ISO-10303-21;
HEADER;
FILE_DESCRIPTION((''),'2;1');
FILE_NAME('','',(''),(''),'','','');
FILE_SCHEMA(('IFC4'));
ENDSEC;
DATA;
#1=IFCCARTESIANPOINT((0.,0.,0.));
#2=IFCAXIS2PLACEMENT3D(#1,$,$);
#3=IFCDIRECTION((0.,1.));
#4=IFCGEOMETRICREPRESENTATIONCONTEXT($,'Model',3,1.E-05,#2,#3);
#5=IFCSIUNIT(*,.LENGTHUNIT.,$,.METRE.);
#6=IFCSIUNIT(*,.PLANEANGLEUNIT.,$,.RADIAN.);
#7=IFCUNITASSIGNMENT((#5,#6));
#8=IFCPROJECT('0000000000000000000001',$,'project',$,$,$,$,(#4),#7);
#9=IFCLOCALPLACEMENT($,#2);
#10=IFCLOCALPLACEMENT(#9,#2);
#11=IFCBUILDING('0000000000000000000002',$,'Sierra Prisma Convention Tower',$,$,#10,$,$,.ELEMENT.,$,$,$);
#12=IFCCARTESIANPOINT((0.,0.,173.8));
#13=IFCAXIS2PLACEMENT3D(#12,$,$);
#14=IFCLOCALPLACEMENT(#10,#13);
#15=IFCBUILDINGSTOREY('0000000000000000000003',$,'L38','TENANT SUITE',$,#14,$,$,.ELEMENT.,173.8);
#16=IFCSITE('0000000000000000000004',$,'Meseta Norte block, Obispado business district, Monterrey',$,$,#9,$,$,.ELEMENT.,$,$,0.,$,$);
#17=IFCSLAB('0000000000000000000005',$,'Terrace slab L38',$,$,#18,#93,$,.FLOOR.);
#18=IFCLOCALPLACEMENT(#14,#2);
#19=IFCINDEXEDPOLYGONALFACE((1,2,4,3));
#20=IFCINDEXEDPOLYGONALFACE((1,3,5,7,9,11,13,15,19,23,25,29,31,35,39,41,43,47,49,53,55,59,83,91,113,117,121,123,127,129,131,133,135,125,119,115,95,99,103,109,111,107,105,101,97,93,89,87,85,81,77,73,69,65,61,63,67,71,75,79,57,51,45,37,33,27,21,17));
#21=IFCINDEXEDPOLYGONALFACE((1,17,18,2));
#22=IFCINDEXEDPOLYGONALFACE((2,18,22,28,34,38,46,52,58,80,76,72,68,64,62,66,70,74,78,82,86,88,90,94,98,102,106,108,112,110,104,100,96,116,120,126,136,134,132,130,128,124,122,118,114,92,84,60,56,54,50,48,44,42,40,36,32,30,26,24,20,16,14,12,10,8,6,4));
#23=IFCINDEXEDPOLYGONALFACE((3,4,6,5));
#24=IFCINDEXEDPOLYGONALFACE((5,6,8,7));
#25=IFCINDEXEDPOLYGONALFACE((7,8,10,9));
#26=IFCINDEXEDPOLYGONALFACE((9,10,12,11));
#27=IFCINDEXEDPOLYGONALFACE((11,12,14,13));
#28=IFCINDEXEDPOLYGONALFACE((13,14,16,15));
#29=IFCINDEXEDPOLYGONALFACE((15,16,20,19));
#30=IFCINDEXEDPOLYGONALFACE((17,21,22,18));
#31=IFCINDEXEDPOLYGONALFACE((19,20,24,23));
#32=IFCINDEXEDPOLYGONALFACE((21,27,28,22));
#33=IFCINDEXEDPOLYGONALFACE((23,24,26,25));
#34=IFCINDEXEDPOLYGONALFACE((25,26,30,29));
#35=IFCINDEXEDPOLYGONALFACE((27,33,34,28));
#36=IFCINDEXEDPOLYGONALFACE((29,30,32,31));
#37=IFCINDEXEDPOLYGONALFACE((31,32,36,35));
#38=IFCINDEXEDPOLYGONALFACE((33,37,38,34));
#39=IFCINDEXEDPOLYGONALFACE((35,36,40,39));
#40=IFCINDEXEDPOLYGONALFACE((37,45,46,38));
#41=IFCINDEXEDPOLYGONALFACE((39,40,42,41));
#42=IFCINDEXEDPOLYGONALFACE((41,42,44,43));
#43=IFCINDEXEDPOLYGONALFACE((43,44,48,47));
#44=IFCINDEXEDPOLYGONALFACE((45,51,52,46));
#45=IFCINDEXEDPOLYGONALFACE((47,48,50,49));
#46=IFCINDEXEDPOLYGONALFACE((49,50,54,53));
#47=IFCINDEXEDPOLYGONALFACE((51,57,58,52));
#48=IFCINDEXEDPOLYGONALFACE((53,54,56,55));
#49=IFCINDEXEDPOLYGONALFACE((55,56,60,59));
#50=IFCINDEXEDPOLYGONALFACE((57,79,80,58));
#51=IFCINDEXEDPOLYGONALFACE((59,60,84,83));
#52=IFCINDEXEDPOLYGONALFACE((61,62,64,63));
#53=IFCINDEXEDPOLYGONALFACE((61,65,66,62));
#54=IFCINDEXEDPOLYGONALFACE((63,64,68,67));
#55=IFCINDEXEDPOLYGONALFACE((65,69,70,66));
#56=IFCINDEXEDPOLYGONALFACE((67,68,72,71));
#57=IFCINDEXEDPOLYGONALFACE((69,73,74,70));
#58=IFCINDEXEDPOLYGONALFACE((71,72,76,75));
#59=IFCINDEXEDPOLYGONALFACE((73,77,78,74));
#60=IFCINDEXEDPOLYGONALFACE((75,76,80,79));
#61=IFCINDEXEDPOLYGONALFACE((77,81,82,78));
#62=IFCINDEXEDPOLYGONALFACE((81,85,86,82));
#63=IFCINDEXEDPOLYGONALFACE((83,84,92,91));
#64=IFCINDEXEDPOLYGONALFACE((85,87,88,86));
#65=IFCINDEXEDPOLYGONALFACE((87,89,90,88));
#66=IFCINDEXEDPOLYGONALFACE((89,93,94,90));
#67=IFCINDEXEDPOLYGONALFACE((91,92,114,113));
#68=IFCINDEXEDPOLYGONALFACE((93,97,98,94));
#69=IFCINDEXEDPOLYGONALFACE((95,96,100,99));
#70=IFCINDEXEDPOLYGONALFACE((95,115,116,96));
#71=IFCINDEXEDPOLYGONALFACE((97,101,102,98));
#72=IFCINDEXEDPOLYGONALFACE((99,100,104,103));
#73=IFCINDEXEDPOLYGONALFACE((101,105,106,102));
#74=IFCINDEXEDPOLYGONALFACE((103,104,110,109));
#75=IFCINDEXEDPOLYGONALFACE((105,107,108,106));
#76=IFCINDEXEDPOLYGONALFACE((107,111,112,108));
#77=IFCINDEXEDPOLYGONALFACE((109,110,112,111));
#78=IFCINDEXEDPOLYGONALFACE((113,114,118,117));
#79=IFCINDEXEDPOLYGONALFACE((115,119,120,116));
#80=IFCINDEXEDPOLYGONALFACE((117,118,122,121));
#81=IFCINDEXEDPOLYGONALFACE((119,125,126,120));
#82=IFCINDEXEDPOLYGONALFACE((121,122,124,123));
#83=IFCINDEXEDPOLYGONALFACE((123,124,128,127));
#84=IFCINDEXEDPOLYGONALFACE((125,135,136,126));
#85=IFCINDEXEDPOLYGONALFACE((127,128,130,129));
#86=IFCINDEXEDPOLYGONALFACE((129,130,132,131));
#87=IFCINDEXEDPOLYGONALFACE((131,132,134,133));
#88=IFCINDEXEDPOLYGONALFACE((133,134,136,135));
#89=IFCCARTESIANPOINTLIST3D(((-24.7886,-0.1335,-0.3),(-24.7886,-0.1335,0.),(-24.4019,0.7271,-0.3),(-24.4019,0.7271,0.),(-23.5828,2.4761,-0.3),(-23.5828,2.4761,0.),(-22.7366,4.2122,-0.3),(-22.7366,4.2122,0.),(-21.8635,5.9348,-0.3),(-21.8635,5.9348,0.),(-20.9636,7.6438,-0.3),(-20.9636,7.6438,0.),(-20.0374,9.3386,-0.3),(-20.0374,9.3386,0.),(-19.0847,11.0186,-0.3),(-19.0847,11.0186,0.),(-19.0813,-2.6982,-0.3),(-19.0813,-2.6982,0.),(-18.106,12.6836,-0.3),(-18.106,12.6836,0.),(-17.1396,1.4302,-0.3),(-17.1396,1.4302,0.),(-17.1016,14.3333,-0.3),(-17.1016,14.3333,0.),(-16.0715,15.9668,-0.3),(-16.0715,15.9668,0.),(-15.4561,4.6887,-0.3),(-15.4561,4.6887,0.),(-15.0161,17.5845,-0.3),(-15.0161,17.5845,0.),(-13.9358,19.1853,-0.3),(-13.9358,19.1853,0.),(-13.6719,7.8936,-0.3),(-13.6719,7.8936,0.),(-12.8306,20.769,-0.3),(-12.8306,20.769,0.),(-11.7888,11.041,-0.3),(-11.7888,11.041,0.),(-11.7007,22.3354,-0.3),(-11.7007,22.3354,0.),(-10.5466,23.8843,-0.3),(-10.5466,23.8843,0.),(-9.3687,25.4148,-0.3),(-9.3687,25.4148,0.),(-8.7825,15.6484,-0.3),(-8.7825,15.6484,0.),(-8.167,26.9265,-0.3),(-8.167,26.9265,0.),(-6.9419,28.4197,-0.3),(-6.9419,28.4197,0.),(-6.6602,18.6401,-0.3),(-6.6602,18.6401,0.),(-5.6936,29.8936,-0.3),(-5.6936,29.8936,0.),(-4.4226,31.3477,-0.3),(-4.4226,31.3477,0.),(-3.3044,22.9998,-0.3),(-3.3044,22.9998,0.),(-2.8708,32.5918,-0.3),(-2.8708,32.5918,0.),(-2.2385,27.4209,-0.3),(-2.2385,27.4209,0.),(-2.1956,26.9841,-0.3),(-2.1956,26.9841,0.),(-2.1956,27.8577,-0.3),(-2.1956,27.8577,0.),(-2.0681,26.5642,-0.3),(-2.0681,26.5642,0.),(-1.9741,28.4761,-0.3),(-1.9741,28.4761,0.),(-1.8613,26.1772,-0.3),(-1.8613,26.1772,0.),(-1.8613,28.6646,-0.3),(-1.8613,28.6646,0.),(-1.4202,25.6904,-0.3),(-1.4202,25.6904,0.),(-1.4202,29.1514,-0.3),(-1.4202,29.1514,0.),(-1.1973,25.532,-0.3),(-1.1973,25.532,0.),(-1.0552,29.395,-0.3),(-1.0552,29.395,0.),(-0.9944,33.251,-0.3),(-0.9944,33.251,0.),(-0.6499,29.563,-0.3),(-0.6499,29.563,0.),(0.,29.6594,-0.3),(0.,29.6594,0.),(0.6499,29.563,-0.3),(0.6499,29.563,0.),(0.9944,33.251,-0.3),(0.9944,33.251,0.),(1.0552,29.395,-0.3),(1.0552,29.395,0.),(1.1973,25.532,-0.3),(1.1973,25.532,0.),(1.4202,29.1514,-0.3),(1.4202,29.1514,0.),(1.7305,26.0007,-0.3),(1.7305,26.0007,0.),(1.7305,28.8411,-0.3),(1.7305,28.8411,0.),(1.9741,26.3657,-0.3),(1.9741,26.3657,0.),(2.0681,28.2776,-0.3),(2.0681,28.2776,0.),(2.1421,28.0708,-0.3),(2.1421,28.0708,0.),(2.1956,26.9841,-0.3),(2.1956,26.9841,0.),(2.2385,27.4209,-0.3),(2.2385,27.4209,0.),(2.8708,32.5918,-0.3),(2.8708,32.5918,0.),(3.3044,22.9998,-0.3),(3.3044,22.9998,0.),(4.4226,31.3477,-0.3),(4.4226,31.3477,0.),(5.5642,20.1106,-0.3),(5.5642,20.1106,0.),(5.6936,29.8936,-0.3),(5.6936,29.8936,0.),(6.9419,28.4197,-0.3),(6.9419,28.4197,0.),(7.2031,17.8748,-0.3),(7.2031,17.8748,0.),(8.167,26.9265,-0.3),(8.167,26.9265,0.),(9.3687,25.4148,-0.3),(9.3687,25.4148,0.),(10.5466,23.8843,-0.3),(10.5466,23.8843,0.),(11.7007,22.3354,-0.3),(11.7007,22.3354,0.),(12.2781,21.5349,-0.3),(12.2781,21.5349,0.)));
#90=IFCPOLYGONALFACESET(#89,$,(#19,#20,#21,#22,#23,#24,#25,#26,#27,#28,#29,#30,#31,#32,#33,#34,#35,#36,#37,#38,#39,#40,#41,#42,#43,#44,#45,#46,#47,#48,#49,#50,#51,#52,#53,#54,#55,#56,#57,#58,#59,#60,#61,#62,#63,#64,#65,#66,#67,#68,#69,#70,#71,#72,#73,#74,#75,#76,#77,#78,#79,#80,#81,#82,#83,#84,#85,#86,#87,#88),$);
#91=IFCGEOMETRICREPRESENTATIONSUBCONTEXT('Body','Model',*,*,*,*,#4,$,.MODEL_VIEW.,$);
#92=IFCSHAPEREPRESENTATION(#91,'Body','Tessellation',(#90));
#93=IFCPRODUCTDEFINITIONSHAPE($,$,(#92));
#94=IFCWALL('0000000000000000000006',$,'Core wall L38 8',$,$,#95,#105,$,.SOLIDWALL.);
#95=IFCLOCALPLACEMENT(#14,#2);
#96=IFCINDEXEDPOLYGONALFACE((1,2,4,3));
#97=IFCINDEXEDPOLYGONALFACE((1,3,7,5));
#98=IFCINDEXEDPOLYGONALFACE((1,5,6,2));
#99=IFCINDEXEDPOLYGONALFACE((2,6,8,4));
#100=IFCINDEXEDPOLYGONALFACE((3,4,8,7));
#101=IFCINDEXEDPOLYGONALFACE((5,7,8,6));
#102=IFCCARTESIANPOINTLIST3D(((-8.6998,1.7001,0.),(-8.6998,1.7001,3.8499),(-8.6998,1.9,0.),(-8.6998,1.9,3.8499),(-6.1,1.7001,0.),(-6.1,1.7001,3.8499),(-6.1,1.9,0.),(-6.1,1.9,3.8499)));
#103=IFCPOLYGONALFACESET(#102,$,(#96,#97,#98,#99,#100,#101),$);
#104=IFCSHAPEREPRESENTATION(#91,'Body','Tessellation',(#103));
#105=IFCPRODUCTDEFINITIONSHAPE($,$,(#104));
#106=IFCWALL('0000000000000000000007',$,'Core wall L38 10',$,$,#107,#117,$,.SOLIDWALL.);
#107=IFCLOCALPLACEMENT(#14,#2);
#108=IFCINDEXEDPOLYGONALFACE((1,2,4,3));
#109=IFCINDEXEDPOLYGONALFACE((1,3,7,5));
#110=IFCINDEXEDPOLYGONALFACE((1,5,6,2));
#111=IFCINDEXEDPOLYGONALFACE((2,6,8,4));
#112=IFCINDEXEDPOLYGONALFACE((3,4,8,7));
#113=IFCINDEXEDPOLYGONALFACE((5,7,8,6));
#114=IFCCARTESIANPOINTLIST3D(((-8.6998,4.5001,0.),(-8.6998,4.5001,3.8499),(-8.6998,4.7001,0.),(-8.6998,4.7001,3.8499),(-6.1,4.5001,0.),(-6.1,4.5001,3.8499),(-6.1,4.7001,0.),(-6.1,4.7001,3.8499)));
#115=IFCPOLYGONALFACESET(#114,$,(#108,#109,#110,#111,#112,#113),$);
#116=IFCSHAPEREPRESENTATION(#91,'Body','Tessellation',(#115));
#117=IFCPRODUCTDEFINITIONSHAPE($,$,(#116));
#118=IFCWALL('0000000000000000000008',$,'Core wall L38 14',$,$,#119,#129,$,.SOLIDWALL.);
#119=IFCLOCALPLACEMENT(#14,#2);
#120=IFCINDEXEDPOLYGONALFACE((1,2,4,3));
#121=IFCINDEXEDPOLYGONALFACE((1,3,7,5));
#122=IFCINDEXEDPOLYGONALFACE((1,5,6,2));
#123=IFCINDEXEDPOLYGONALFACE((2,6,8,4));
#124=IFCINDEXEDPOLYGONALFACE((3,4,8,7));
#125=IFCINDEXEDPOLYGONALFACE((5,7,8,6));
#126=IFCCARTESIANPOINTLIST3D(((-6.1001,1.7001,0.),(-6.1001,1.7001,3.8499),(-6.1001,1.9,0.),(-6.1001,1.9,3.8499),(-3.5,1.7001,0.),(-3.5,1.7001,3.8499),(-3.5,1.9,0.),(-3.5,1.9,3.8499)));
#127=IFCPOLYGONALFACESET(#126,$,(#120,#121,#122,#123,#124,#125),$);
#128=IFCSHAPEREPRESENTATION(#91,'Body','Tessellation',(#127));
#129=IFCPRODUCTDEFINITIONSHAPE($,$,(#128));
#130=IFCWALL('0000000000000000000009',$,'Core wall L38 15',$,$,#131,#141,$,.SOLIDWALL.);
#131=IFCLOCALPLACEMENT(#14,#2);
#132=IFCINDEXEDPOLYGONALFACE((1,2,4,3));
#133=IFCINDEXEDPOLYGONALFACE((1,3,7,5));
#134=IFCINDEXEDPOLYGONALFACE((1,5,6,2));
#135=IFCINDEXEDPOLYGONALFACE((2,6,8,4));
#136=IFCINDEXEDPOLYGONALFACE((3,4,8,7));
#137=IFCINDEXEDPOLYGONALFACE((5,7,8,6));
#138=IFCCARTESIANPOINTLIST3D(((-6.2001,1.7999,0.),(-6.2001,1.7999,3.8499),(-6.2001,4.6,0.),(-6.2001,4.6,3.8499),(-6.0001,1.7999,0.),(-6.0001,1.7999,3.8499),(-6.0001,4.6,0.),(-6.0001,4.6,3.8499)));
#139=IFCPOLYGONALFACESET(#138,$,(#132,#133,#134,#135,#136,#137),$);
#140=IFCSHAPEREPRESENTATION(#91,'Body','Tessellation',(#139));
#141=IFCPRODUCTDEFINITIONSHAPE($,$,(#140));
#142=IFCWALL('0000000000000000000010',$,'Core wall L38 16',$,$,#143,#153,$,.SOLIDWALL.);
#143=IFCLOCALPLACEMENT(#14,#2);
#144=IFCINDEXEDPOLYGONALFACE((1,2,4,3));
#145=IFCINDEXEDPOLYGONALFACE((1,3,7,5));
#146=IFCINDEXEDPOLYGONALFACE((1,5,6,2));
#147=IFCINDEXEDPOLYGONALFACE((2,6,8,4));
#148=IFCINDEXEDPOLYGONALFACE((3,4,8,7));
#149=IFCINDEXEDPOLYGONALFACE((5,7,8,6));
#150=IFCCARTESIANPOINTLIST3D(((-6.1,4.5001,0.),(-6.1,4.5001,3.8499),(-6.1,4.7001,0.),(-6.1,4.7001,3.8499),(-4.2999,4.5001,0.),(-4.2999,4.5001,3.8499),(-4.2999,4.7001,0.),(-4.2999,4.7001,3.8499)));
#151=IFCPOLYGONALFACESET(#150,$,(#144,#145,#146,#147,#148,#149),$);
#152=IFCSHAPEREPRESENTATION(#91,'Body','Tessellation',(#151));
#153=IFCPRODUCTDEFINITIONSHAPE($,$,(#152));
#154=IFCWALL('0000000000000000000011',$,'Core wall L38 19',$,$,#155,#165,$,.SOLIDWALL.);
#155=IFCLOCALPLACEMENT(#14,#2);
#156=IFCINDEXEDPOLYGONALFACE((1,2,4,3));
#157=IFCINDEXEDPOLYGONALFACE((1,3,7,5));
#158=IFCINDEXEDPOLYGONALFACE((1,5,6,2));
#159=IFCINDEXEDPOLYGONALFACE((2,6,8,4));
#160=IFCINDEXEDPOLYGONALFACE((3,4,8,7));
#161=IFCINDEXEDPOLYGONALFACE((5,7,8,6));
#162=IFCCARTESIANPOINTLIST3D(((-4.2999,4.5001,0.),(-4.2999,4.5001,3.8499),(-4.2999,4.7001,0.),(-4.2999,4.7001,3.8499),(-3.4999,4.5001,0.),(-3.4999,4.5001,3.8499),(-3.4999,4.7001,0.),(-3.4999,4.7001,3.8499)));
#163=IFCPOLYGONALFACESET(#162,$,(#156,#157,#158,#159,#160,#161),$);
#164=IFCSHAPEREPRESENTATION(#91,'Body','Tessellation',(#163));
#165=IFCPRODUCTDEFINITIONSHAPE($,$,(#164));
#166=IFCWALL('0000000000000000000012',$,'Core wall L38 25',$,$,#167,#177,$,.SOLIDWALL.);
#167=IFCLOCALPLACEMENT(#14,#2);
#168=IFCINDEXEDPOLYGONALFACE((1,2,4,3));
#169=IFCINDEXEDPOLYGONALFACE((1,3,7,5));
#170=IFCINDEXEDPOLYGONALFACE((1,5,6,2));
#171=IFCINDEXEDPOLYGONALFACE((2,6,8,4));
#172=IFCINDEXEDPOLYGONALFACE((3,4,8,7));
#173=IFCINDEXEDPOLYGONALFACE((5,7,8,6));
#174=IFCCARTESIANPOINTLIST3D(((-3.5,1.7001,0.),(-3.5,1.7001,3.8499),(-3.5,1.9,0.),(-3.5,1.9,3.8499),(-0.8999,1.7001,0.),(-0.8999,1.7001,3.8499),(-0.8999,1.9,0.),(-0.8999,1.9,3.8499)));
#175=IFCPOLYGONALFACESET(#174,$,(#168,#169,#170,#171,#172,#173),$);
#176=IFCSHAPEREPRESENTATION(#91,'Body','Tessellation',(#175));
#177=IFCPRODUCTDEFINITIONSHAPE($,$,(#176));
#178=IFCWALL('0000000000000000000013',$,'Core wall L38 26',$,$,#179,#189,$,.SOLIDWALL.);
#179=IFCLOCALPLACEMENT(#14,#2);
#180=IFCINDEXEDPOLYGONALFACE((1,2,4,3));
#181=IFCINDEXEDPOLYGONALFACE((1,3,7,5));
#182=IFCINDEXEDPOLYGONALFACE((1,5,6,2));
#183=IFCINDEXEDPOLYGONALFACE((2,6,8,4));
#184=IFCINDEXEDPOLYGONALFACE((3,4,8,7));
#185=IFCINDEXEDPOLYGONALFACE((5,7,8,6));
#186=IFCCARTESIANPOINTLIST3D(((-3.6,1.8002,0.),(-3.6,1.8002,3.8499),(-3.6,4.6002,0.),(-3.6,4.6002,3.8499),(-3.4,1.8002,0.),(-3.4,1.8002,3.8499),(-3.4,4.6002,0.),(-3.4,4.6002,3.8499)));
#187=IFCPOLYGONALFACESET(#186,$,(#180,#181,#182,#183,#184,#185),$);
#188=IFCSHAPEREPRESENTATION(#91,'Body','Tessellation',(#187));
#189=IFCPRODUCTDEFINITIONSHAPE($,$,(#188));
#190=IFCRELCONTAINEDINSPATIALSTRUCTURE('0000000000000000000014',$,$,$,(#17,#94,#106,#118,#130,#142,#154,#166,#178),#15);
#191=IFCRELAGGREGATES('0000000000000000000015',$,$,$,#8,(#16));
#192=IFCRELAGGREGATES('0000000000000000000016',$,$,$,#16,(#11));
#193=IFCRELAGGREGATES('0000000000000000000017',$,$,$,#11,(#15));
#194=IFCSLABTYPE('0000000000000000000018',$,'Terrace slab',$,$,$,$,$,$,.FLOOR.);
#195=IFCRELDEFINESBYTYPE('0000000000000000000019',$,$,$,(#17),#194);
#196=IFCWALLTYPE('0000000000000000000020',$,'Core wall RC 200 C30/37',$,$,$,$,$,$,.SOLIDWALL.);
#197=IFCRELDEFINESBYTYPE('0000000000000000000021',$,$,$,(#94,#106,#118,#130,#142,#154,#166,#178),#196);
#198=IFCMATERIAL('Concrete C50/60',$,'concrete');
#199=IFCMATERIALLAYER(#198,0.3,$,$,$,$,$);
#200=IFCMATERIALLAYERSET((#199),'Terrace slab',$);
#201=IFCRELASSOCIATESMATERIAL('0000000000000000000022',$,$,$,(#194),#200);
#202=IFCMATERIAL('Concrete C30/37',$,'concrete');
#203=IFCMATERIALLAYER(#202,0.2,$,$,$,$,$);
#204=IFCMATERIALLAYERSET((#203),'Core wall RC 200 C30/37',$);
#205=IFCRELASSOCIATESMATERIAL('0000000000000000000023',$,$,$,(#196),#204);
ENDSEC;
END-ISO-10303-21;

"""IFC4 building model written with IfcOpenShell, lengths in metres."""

from ifc_helpers import new_model, si_unit, direction, frame, frame_2d, origin, place, context, subcontext, project, spatial, polyline, rectangle, outline, extrude, material, layer, layer_set, type_object, element, save


model = new_model("IFC4")

# Units and contexts
model_context = context("Model", 3, precision=1e-05, world=origin(), true_north=direction((0.0, 1.0)))
body_context = subcontext(model_context, "Body", "Model", "MODEL_VIEW")
ifc_project = project(units=[si_unit("LENGTHUNIT", "METRE"), si_unit("PLANEANGLEUNIT", "RADIAN")], contexts=[model_context])

# Site, building, storey
site_placement = place(None, origin())
site = spatial("IfcSite", under=ifc_project, at=site_placement, Name="Meseta Norte block, Obispado business district, Monterrey", CompositionType="ELEMENT", RefElevation=0.0)
building_placement = place(site_placement, origin())
building = spatial("IfcBuilding", under=site, at=building_placement, Name="Sierra Prisma Convention Tower", CompositionType="ELEMENT")
storey_placement = place(building_placement, frame((0.0, 0.0, 173.8)))
storey = spatial("IfcBuildingStorey", under=building, at=storey_placement, Name="L38", Description="TENANT SUITE", CompositionType="ELEMENT", Elevation=173.8)

# Slab
ifc_material_1 = material(Name="Concrete C50/60", Category="concrete")
ifc_layer_1 = layer(ifc_material_1, 0.3)
ifc_layer_set_1 = layer_set([ifc_layer_1], Name="Terrace slab")
slab_type_1 = type_object("IfcSlabType", Name="Terrace slab", PredefinedType="FLOOR", material=ifc_layer_set_1)
slab_1_placement = place(storey_placement, frame((0.0, 0.0, -0.3)))
element("IfcSlab", 1, at=slab_1_placement, inside=storey, type_object=slab_type_1, Name="Terrace slab L38", PredefinedType="FLOOR", context=body_context, shape_type="SweptSolid", body=[
    extrude(outline(polyline([(12.2781, 21.5349), (11.7007, 22.3354), (10.5466, 23.8843), (9.3687, 25.4148), (8.167, 26.9265), (6.9419, 28.4197), (5.6936, 29.8936), (4.4226, 31.3477), (2.8708, 32.5918), (0.9944, 33.251), (-0.9944, 33.251), (-2.8708, 32.5918), (-4.4226, 31.3477), (-5.6936, 29.8936), (-6.9419, 28.4197), (-8.167, 26.9265), (-9.3687, 25.4148), (-10.5466, 23.8843), (-11.7007, 22.3354), (-12.8306, 20.769), (-13.9358, 19.1853), (-15.0161, 17.5845), (-16.0715, 15.9668), (-17.1016, 14.3333), (-18.106, 12.6836), (-19.0847, 11.0186), (-20.0374, 9.3386), (-20.9636, 7.6438), (-21.8635, 5.9348), (-22.7366, 4.2122), (-23.5828, 2.4761), (-24.4019, 0.7271), (-24.7886, -0.1335), (-19.0813, -2.6982), (-17.1396, 1.4302), (-15.4561, 4.6887), (-13.6719, 7.8936), (-11.7888, 11.041), (-8.7825, 15.6484), (-6.6602, 18.6401), (-3.3044, 22.9998), (-1.1973, 25.532), (-1.4202, 25.6904), (-1.8613, 26.1772), (-2.0681, 26.5642), (-2.1956, 26.9841), (-2.2385, 27.4209), (-2.1956, 27.8577), (-1.9741, 28.4761), (-1.8613, 28.6646), (-1.4202, 29.1514), (-1.0552, 29.395), (-0.6499, 29.563), (0.0, 29.6594), (0.6499, 29.563), (1.0552, 29.395), (1.4202, 29.1514), (1.7305, 28.8411), (2.0681, 28.2776), (2.1421, 28.0708), (2.2385, 27.4209), (2.1956, 26.9841), (1.9741, 26.3657), (1.7305, 26.0007), (1.1973, 25.532), (3.3044, 22.9998), (5.5642, 20.1106), (7.2031, 17.8748), (12.2781, 21.5349)])), origin(), (0.0, 0.0, 1.0), 0.3),
])

# Walls
ifc_material_2 = material(Name="Concrete C30/37", Category="concrete")
ifc_layer_2 = layer(ifc_material_2, 0.2)
ifc_layer_set_2 = layer_set([ifc_layer_2], Name="Core wall RC 200 C30/37")
wall_type = type_object("IfcWallType", Name="Core wall RC 200 C30/37", PredefinedType="SOLIDWALL", material=ifc_layer_set_2)
for number, where, z_axis, x_axis, name in (
    (2, (-6.1001, 1.8, 0.0), (0.0, 0.0, 1.0), (-1.0, 0.0, 0.0), "Core wall L38 8"),
    (3, (-6.1001, 4.6001, 0.0), (0.0, 0.0, 1.0), (-1.0, 0.0, 0.0), "Core wall L38 10"),
):
    element("IfcWall", number, at=place(storey_placement, frame(where, z_axis=z_axis, x_axis=x_axis)), inside=storey, type_object=wall_type, Name=name, PredefinedType="SOLIDWALL", context=body_context, shape_type="SweptSolid", body=[
        extrude(rectangle(XDim=2.5999, YDim=0.2, at=frame_2d((1.2998, 0.0))), origin(), (0.0, 0.0, 1.0), 3.8499),
    ])
wall_1_placement = place(storey_placement, frame((-3.5, 1.8, 0.0), z_axis=(0.0, 0.0, 1.0), x_axis=(-1.0, 0.0, 0.0)))
element("IfcWall", 4, at=wall_1_placement, inside=storey, type_object=wall_type, Name="Core wall L38 14", PredefinedType="SOLIDWALL", context=body_context, shape_type="SweptSolid", body=[
    extrude(rectangle(XDim=2.6001, YDim=0.2, at=frame_2d((1.3, 0.0))), origin(), (0.0, 0.0, 1.0), 3.8499),
])
wall_2_placement = place(storey_placement, frame((-6.1001, 1.8, 0.0), z_axis=(0.0, 0.0, 1.0), x_axis=(0.0, 1.0, 0.0)))
element("IfcWall", 5, at=wall_2_placement, inside=storey, type_object=wall_type, Name="Core wall L38 15", PredefinedType="SOLIDWALL", context=body_context, shape_type="SweptSolid", body=[
    extrude(rectangle(XDim=2.8, YDim=0.2, at=frame_2d((1.3999, 0.0))), origin(), (0.0, 0.0, 1.0), 3.8499),
])
wall_3_placement = place(storey_placement, frame((-4.3, 4.6001, 0.0), z_axis=(0.0, 0.0, 1.0), x_axis=(-1.0, 0.0, 0.0)))
element("IfcWall", 6, at=wall_3_placement, inside=storey, type_object=wall_type, Name="Core wall L38 16", PredefinedType="SOLIDWALL", context=body_context, shape_type="SweptSolid", body=[
    extrude(rectangle(XDim=1.8, YDim=0.2, at=frame_2d((0.8999, 0.0))), origin(), (0.0, 0.0, 1.0), 3.8499),
])
wall_4_placement = place(storey_placement, frame((-3.5, 4.6001, 0.0), z_axis=(0.0, 0.0, 1.0), x_axis=(-1.0, 0.0, 0.0)))
element("IfcWall", 7, at=wall_4_placement, inside=storey, type_object=wall_type, Name="Core wall L38 19", PredefinedType="SOLIDWALL", context=body_context, shape_type="SweptSolid", body=[
    extrude(rectangle(XDim=0.8, YDim=0.2, at=frame_2d((0.3999, 0.0))), origin(), (0.0, 0.0, 1.0), 3.8499),
])

# Walls
wall_5_placement = place(storey_placement, frame((-0.8999, 1.8, 0.0), z_axis=(0.0, 0.0, 1.0), x_axis=(-1.0, 0.0, 0.0)))
element("IfcWall", 8, at=wall_5_placement, inside=storey, type_object=wall_type, Name="Core wall L38 25", PredefinedType="SOLIDWALL", context=body_context, shape_type="SweptSolid", body=[
    extrude(rectangle(XDim=2.6001, YDim=0.2, at=frame_2d((1.3, 0.0))), origin(), (0.0, 0.0, 1.0), 3.8499),
])
wall_6_placement = place(storey_placement, frame((-3.5, 4.6001, 0.0), z_axis=(0.0, 0.0, 1.0), x_axis=(0.0, -1.0, 0.0)))
element("IfcWall", 9, at=wall_6_placement, inside=storey, type_object=wall_type, Name="Core wall L38 26", PredefinedType="SOLIDWALL", context=body_context, shape_type="SweptSolid", body=[
    extrude(rectangle(XDim=2.8, YDim=0.2, at=frame_2d((1.3999, 0.0))), origin(), (0.0, 0.0, 1.0), 3.8499),
])

save(model, "model.ifc")
